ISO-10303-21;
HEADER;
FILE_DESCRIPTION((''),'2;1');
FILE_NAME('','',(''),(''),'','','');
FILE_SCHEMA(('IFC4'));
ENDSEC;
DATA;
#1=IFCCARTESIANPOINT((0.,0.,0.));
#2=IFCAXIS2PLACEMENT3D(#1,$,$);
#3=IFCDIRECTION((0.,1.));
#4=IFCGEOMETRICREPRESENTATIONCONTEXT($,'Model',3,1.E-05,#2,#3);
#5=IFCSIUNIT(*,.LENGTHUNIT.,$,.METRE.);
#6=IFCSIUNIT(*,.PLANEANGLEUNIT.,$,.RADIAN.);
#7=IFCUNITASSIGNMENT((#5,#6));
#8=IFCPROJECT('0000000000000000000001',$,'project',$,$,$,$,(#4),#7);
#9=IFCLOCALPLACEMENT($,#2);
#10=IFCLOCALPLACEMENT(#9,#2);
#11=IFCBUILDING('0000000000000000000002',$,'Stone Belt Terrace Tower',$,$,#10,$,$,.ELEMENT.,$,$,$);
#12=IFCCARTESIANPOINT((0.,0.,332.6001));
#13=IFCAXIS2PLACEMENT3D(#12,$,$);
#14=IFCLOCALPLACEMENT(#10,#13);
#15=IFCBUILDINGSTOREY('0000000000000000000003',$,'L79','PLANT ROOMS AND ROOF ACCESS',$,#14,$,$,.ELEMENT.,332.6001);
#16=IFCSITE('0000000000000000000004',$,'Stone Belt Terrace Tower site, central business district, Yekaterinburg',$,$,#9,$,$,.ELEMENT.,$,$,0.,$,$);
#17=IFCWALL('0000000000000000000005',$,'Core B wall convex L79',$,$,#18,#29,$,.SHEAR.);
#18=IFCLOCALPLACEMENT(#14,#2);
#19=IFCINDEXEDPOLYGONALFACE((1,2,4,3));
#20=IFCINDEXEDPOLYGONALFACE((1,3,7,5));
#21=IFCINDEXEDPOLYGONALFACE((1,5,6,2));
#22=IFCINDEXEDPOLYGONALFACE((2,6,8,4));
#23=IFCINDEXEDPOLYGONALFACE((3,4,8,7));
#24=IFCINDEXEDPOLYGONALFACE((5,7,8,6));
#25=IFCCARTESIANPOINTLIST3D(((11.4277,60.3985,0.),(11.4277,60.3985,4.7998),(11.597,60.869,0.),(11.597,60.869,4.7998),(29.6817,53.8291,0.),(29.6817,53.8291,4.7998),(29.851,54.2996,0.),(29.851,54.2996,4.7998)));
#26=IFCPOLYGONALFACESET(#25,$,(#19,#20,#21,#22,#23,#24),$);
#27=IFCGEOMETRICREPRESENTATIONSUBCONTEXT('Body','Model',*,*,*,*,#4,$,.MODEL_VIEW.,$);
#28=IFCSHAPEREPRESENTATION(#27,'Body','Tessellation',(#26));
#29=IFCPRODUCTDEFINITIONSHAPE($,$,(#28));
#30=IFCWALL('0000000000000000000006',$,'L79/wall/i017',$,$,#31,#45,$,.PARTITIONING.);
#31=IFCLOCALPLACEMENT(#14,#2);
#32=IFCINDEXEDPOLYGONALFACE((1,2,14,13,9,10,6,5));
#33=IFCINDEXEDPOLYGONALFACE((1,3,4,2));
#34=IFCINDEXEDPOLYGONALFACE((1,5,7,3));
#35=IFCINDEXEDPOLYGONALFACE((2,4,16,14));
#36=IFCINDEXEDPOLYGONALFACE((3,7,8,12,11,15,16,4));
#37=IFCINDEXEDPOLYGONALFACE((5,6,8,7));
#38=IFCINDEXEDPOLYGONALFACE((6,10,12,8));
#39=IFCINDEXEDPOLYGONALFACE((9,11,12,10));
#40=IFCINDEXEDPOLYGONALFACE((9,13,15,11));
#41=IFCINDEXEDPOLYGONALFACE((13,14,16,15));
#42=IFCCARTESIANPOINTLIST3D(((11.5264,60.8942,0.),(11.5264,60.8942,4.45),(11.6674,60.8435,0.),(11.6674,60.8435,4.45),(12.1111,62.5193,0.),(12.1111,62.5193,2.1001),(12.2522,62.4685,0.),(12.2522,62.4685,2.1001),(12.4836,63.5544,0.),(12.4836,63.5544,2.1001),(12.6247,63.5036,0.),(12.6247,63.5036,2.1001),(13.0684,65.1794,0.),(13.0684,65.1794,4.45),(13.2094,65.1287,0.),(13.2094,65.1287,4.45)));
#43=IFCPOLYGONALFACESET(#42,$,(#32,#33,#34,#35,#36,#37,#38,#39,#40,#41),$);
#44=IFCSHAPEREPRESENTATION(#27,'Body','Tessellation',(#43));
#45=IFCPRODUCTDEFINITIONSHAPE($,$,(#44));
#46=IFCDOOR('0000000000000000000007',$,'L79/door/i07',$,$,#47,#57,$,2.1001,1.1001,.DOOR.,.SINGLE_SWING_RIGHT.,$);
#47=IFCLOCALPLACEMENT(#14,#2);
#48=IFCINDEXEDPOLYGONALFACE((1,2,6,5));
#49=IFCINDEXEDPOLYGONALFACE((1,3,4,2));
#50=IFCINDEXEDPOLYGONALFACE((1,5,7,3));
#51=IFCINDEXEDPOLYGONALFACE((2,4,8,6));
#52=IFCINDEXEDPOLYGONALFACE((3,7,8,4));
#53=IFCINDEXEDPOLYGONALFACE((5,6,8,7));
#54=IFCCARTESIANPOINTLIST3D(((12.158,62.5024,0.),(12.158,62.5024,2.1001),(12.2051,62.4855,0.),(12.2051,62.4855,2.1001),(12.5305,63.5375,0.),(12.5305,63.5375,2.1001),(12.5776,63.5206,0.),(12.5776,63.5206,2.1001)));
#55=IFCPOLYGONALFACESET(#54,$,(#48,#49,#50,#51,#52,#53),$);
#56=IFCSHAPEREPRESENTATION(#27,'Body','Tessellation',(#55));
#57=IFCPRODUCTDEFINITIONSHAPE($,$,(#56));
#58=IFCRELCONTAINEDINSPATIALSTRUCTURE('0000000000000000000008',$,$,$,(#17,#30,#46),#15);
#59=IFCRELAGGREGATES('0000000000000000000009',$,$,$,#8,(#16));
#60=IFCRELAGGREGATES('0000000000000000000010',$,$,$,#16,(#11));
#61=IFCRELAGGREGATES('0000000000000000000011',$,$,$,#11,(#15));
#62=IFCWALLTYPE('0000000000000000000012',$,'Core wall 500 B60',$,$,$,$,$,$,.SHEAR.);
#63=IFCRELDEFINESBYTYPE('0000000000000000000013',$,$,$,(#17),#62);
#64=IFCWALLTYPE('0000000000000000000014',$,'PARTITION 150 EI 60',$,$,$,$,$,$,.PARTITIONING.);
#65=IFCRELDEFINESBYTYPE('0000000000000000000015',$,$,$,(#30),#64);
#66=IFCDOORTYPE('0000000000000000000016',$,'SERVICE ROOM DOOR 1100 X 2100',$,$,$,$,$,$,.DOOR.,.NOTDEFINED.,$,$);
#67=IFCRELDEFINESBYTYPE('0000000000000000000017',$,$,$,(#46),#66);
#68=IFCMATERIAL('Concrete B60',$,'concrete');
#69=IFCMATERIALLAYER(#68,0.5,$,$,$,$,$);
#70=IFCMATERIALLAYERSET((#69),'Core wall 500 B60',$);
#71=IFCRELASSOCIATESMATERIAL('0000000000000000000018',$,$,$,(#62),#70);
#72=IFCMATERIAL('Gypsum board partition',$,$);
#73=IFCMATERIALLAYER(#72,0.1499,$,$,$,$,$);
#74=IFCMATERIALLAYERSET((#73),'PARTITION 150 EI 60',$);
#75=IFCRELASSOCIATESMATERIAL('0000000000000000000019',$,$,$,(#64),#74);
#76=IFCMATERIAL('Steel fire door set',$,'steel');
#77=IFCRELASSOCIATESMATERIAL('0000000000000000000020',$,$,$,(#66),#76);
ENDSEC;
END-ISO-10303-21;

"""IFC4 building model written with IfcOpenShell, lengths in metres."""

from ifc_helpers import new_model, si_unit, direction, frame, frame_2d, origin, place, context, subcontext, project, spatial, rectangle, extrude, material, layer, layer_set, type_object, element, fill, save


model = new_model("IFC4")

# Units and contexts
model_context = context("Model", 3, precision=1e-05, world=origin(), true_north=direction((0.0, 1.0)))
body_context = subcontext(model_context, "Body", "Model", "MODEL_VIEW")
ifc_project = project(units=[si_unit("LENGTHUNIT", "METRE"), si_unit("PLANEANGLEUNIT", "RADIAN")], contexts=[model_context])

# Site, building, storey
site_placement = place(None, origin())
site = spatial("IfcSite", under=ifc_project, at=site_placement, Name="Stone Belt Terrace Tower site, central business district, Yekaterinburg", CompositionType="ELEMENT", RefElevation=0.0)
building_placement = place(site_placement, origin())
building = spatial("IfcBuilding", under=site, at=building_placement, Name="Stone Belt Terrace Tower", CompositionType="ELEMENT")
storey_placement = place(building_placement, frame((0.0, 0.0, 332.6001)))
storey = spatial("IfcBuildingStorey", under=building, at=storey_placement, Name="L79", Description="PLANT ROOMS AND ROOF ACCESS", CompositionType="ELEMENT", Elevation=332.6001)

# Shared definitions
ifc_material_1 = material(Name="Concrete B60", Category="concrete")

# Wall
ifc_layer_1 = layer(ifc_material_1, 0.5)
ifc_layer_set_1 = layer_set([ifc_layer_1], Name="Core wall 500 B60")
wall_type_1 = type_object("IfcWallType", Name="Core wall 500 B60", PredefinedType="SHEAR", material=ifc_layer_set_1)
wall_1_placement = place(storey_placement, frame((11.5122, 60.6338, 0.0), z_axis=(0.0, 0.0, 1.0), x_axis=(0.940921, -0.338625, 0.0)))
element("IfcWall", 1, at=wall_1_placement, inside=storey, type_object=wall_type_1, Name="Core B wall convex L79", PredefinedType="SHEAR", context=body_context, shape_type="SweptSolid", body=[
    extrude(rectangle(XDim=19.4001, YDim=0.5, at=frame_2d((9.7002, 0.0))), origin(), (0.0, 0.0, 1.0), 4.7998),
])

# Wall, opening, door
ifc_material_2 = material(Name="Gypsum board partition")
ifc_layer_2 = layer(ifc_material_2, 0.1499)
ifc_layer_set_2 = layer_set([ifc_layer_2], Name="PARTITION 150 EI 60")
wall_type_2 = type_object("IfcWallType", Name="PARTITION 150 EI 60", PredefinedType="PARTITIONING", material=ifc_layer_set_2)
wall_2_placement = place(storey_placement, frame((13.1389, 65.1541, 0.0), z_axis=(0.0, 0.0, 1.0), x_axis=(-0.33859, -0.940934, 0.0)))
wall_2 = element("IfcWall", 2, at=wall_2_placement, inside=storey, type_object=wall_type_2, Name="L79/wall/i017", PredefinedType="PARTITIONING", context=body_context, shape_type="SweptSolid", body=[
    extrude(rectangle(XDim=4.5542, YDim=0.1499, at=frame_2d((2.2771, 0.0))), origin(), (0.0, 0.0, 1.0), 4.45),
])
opening_1_placement = place(wall_2_placement, frame((1.7271, 0.0, 0.0)))
opening_1 = element("IfcOpeningElement", 3, at=opening_1_placement, cuts=wall_2, PredefinedType="OPENING", context=body_context, shape_type="SweptSolid", body=[
    extrude(rectangle(XDim=1.1001, YDim=2.1001, at=frame_2d((0.55, 1.05))), frame((0.0, 0.085, 0.0), z_axis=(0.0, -1.0, 0.0), x_axis=(1.0, 0.0, 0.0)), (0.0, 0.0, 1.0), 0.1699),
])
ifc_material_3 = material(Name="Steel fire door set", Category="steel")
door_type_1 = type_object("IfcDoorType", Name="SERVICE ROOM DOOR 1100 X 2100", OperationType="NOTDEFINED", PredefinedType="DOOR", material=ifc_material_3)
door_1_placement = place(opening_1_placement, origin())
door_1 = element("IfcDoor", 4, at=door_1_placement, inside=storey, type_object=door_type_1, Name="L79/door/i07", OperationType="SINGLE_SWING_RIGHT", OverallHeight=2.1001, OverallWidth=1.1001, PredefinedType="DOOR", context=body_context, shape_type="SweptSolid", body=[
    extrude(rectangle(XDim=1.1001, YDim=2.1001, at=frame_2d((0.55, 1.05))), frame((0.0, 0.0249, 0.0), z_axis=(0.0, -1.0, 0.0), x_axis=(1.0, 0.0, 0.0)), (0.0, 0.0, 1.0), 0.05),
])
fill(opening_1, door_1)

save(model, "model.ifc")
